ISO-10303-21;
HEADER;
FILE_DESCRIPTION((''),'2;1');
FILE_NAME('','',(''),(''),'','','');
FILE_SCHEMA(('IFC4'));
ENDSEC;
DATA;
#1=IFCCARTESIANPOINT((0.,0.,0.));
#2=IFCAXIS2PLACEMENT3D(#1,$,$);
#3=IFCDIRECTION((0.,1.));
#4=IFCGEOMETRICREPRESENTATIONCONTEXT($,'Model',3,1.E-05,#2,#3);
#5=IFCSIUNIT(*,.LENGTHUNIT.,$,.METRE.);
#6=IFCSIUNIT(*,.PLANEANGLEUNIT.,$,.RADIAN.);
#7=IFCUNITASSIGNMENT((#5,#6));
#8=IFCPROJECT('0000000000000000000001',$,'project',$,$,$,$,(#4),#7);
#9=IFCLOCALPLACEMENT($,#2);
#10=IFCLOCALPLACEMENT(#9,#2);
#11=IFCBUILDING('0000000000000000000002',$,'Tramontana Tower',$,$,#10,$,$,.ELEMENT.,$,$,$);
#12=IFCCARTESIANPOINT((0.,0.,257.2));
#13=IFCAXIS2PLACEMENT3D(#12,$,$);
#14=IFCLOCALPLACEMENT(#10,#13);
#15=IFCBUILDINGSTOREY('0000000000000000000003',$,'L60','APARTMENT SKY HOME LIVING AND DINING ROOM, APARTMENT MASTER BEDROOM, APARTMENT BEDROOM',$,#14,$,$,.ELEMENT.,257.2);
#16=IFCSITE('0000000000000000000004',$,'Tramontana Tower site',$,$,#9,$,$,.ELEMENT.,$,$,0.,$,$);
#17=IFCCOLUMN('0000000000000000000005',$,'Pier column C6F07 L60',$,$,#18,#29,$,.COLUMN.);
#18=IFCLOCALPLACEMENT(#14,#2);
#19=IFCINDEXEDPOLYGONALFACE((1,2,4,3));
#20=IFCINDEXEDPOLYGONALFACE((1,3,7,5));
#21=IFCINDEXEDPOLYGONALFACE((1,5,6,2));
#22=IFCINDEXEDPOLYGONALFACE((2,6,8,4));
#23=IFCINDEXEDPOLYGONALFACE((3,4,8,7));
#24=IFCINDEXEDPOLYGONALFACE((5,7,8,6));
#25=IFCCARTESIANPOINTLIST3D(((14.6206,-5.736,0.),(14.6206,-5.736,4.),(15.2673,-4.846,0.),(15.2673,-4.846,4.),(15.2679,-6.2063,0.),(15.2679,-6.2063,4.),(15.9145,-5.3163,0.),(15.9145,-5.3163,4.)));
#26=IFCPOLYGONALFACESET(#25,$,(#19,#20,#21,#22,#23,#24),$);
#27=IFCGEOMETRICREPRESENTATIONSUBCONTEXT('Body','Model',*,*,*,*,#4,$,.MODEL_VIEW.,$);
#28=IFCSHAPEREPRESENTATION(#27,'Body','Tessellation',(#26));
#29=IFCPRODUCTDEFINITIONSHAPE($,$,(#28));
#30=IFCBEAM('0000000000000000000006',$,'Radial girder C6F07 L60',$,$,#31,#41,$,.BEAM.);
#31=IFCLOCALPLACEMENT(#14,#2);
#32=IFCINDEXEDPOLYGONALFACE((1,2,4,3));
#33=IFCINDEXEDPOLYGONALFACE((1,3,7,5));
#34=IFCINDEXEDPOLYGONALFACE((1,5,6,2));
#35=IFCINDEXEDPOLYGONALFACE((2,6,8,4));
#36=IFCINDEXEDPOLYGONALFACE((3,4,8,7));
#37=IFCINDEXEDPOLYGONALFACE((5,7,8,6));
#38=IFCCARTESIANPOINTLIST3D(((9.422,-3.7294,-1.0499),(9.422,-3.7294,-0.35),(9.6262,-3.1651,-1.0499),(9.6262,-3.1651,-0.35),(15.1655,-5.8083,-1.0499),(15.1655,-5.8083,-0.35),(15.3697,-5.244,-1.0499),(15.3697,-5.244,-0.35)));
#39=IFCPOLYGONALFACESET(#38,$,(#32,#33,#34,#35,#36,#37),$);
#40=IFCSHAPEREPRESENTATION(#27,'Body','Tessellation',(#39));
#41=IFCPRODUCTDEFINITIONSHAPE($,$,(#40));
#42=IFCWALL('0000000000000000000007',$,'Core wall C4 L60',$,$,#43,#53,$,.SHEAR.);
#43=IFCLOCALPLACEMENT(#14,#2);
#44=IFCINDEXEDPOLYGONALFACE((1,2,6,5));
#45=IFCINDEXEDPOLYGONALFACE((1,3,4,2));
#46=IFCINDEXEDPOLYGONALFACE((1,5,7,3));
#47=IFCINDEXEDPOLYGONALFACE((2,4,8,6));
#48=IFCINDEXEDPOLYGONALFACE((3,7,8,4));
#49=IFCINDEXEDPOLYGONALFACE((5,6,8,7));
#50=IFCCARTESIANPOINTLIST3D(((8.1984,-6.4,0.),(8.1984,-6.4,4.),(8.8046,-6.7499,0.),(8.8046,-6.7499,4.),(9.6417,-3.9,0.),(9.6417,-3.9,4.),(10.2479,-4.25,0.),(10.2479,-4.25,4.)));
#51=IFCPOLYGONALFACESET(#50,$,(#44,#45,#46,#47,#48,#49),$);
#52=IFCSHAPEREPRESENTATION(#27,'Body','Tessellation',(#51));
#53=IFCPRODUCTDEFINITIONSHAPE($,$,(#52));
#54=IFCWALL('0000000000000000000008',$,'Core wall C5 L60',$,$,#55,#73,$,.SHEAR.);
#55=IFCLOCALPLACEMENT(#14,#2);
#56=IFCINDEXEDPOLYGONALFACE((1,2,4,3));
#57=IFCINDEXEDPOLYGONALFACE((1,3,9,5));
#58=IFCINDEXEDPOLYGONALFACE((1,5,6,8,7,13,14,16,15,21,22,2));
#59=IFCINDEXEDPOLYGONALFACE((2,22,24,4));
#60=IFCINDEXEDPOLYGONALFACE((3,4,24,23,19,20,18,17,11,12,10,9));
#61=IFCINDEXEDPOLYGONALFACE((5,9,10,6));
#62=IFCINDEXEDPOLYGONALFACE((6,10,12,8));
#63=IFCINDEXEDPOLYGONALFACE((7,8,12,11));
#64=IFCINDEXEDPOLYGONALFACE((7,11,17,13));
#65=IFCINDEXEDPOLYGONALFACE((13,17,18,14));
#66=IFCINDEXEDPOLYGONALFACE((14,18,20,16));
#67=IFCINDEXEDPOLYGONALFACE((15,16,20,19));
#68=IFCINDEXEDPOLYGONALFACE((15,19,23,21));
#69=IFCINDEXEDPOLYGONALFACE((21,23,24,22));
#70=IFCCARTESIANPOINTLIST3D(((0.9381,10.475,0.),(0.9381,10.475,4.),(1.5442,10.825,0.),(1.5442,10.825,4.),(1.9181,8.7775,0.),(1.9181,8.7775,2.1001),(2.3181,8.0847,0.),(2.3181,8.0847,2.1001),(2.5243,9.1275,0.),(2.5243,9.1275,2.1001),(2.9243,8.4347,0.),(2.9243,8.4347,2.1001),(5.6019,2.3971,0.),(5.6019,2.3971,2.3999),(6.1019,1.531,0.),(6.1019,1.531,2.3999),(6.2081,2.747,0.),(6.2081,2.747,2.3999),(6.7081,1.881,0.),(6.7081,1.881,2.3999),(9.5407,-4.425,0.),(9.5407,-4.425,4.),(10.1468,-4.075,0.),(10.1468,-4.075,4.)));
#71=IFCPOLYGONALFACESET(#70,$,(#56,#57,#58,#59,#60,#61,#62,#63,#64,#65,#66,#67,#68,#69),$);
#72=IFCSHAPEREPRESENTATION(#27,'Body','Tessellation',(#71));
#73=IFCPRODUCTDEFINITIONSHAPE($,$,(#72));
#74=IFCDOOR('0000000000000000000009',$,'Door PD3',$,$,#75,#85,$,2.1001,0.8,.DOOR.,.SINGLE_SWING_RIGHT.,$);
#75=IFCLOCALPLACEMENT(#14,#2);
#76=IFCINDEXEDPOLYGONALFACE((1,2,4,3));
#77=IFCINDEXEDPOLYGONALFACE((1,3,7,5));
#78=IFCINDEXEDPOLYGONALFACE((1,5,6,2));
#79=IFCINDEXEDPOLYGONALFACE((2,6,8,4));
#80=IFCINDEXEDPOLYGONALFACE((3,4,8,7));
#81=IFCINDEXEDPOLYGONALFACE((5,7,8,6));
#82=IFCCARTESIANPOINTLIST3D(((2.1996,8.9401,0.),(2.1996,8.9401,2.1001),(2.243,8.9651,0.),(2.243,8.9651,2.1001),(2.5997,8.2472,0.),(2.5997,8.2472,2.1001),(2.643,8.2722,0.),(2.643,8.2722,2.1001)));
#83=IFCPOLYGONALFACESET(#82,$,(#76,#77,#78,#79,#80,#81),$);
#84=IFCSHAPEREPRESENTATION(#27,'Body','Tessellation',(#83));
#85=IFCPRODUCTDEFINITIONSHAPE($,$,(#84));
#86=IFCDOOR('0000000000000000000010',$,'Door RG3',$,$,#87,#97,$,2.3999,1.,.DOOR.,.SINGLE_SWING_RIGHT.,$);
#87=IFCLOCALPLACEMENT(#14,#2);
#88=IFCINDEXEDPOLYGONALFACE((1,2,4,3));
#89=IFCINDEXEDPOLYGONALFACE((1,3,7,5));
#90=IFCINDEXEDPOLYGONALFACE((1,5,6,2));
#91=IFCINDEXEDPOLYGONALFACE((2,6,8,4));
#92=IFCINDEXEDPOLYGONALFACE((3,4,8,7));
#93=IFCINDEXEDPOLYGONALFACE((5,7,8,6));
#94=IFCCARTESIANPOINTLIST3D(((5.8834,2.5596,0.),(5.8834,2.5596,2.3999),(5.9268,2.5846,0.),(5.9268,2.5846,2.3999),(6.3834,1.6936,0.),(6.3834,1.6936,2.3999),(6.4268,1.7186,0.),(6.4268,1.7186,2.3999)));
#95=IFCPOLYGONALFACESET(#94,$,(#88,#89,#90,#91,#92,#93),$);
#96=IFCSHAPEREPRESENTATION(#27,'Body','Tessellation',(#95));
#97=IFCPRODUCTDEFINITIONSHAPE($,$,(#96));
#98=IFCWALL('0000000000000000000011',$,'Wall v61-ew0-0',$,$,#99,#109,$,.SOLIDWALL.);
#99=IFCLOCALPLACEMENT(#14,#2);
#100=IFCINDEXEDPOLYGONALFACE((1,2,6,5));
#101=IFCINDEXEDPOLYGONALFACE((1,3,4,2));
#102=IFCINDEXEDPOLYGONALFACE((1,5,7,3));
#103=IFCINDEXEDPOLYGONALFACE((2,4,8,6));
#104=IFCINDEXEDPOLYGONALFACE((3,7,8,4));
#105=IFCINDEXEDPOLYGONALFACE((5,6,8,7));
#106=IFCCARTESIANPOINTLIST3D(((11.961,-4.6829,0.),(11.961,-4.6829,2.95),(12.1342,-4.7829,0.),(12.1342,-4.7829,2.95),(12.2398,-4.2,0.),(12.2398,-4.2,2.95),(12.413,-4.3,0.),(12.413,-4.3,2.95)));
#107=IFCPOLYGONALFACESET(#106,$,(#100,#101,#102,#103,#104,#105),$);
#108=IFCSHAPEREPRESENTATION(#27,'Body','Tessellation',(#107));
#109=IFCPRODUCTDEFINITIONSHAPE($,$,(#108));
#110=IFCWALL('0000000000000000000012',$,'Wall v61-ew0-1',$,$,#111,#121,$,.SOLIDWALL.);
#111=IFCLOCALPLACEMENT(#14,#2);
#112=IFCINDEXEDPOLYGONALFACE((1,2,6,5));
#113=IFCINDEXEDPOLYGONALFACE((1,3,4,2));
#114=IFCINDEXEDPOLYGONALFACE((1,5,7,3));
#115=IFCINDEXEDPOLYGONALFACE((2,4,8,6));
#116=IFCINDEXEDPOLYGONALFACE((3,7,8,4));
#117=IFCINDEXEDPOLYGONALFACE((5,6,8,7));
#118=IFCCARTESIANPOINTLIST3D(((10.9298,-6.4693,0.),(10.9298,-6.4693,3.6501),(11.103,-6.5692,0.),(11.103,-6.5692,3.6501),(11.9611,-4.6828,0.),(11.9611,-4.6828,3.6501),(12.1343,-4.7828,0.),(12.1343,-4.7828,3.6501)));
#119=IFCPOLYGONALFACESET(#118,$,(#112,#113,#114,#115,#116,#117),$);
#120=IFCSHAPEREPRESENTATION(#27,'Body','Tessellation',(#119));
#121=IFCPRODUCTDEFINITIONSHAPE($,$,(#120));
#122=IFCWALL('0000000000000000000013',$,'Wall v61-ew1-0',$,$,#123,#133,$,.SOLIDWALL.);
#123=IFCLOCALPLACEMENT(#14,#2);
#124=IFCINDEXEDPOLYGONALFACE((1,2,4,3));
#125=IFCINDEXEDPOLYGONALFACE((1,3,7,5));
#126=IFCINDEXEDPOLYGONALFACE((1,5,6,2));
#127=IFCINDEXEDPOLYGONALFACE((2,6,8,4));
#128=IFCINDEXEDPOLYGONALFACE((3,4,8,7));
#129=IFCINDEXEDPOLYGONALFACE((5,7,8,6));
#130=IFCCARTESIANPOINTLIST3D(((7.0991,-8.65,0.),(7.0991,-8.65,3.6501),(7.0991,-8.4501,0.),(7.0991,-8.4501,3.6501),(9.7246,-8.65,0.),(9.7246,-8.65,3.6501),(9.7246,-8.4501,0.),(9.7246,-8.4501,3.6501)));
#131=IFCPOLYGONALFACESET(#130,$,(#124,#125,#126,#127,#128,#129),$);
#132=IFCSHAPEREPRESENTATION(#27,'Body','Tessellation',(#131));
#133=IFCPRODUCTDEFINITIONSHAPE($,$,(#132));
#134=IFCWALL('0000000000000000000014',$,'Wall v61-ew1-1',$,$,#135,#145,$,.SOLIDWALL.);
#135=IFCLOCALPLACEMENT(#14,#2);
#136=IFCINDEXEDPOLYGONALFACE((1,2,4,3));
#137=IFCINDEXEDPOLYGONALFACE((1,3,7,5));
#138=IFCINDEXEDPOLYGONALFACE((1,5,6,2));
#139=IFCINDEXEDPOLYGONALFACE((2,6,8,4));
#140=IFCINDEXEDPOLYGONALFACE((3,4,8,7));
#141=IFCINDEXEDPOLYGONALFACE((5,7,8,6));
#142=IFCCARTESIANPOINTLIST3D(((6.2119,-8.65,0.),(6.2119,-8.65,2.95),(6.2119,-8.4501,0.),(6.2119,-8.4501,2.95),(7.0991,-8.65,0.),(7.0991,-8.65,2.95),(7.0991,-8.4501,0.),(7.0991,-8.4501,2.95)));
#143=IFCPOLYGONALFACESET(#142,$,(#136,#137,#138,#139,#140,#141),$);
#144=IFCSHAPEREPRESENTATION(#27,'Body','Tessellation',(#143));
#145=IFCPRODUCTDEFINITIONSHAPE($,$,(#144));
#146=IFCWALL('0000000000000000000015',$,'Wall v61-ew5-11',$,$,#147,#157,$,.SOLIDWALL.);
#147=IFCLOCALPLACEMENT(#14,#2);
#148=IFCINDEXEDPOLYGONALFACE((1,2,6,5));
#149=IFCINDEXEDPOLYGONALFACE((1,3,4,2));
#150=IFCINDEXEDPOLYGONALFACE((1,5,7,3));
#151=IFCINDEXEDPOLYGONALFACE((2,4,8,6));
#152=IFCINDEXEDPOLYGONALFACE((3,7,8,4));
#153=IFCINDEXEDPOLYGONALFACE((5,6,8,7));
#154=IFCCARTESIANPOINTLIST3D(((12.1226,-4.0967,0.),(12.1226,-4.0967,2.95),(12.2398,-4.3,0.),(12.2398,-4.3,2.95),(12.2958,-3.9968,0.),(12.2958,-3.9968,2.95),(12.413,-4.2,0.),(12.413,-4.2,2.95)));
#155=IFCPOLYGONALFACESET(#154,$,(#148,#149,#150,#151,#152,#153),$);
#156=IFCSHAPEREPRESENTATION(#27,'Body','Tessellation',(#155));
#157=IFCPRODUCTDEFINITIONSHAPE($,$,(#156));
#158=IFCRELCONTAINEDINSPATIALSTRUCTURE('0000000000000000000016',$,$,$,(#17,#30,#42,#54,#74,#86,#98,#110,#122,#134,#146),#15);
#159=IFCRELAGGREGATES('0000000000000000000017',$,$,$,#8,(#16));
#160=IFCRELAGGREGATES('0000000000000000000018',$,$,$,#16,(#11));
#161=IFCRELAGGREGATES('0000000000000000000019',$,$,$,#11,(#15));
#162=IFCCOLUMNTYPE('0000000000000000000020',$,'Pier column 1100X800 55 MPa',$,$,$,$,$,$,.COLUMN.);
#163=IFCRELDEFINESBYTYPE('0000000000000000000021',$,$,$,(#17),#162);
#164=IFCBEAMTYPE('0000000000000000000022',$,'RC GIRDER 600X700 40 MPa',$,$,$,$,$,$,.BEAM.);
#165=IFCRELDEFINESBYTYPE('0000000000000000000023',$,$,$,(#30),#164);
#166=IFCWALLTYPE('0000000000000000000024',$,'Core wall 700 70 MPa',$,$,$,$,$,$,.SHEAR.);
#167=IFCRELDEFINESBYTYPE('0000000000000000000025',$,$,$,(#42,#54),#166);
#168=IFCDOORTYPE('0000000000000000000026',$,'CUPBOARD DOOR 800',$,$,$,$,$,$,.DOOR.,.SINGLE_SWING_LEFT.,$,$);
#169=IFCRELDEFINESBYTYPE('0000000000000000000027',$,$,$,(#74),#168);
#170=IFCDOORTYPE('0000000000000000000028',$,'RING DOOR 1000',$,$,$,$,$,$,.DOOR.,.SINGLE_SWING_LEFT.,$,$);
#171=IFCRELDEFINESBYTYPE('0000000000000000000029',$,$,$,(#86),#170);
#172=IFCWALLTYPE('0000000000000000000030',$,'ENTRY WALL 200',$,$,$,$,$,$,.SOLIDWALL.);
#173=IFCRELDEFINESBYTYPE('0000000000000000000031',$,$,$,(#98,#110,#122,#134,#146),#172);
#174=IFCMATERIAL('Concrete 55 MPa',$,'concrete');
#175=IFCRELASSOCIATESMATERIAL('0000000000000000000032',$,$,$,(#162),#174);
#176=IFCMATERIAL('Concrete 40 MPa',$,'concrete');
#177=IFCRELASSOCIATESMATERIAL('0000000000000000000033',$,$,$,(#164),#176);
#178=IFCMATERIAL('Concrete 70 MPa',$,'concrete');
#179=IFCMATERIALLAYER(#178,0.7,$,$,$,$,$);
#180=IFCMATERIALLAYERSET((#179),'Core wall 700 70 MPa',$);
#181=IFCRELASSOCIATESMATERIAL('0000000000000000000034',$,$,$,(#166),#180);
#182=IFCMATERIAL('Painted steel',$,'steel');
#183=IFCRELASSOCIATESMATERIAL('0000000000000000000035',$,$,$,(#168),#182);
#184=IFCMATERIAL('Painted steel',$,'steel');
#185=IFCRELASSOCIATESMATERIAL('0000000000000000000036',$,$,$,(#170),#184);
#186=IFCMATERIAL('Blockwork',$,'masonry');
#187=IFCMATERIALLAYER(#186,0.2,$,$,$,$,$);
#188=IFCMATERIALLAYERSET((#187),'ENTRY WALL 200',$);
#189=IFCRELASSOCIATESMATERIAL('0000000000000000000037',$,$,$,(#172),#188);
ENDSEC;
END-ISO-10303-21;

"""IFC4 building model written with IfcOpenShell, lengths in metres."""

from ifc_helpers import new_model, si_unit, direction, frame, frame_2d, origin, origin_2d, place, context, subcontext, project, spatial, rectangle, extrude, material, layer, layer_set, material_profile, profile_set, type_object, element, fill, save


model = new_model("IFC4")

# Units and contexts
model_context = context("Model", 3, precision=1e-05, world=origin(), true_north=direction((0.0, 1.0)))
body_context = subcontext(model_context, "Body", "Model", "MODEL_VIEW")
ifc_project = project(units=[si_unit("LENGTHUNIT", "METRE"), si_unit("PLANEANGLEUNIT", "RADIAN")], contexts=[model_context])

# Site, building, storey
site_placement = place(None, origin())
site = spatial("IfcSite", under=ifc_project, at=site_placement, Name="Tramontana Tower site", CompositionType="ELEMENT", RefElevation=0.0)
building_placement = place(site_placement, origin())
building = spatial("IfcBuilding", under=site, at=building_placement, Name="Tramontana Tower", CompositionType="ELEMENT")
storey_placement = place(building_placement, frame((0.0, 0.0, 257.2)))
storey = spatial("IfcBuildingStorey", under=building, at=storey_placement, Name="L60", Description="APARTMENT SKY HOME LIVING AND DINING ROOM, APARTMENT MASTER BEDROOM, APARTMENT BEDROOM", CompositionType="ELEMENT", Elevation=257.2)

# Column
ifc_material_1 = material(Name="Concrete 55 MPa", Category="concrete")
ifc_material_profile_1 = material_profile(ifc_material_1, rectangle(XDim=1.1001, YDim=0.8, at=origin_2d()), Name="Pier column 1100X800 55 MPa")
ifc_profile_set_1 = profile_set([ifc_material_profile_1], Name="Concrete 55 MPa")
column_type = type_object("IfcColumnType", Name="Pier column 1100X800 55 MPa", PredefinedType="COLUMN", material=ifc_profile_set_1)
column_placement = place(storey_placement, frame((15.2676, -5.5261, 0.0), z_axis=(0.0, 0.0, 1.0), x_axis=(0.587785, 0.809017, 0.0)))
element("IfcColumn", 1, at=column_placement, inside=storey, type_object=column_type, Name="Pier column C6F07 L60", PredefinedType="COLUMN", context=body_context, shape_type="SweptSolid", body=[
    extrude(rectangle(XDim=1.1001, YDim=0.8, at=origin_2d()), origin(), (0.0, 0.0, 1.0), 4.0),
])

# Beam
ifc_material_2 = material(Name="Concrete 40 MPa", Category="concrete")
ifc_material_profile_2 = material_profile(ifc_material_2, rectangle(XDim=0.6001, YDim=0.7, at=origin_2d()), Name="RC GIRDER 600X700 40 MPa")
ifc_profile_set_2 = profile_set([ifc_material_profile_2], Name="Concrete 40 MPa")
beam_type = type_object("IfcBeamType", Name="RC GIRDER 600X700 40 MPa", PredefinedType="BEAM", material=ifc_profile_set_2)
beam_placement = place(storey_placement, frame((15.2676, -5.5261, -0.7), z_axis=(-0.9403, 0.340347, 0.0), x_axis=(-0.340347, -0.9403, 0.0)))
element("IfcBeam", 2, at=beam_placement, inside=storey, type_object=beam_type, Name="Radial girder C6F07 L60", PredefinedType="BEAM", context=body_context, shape_type="SweptSolid", body=[
    extrude(rectangle(XDim=0.6001, YDim=0.7, at=origin_2d()), origin(), (0.0, 0.0, 1.0), 6.1082),
])

# Wall
ifc_material_3 = material(Name="Concrete 70 MPa", Category="concrete")
ifc_layer_1 = layer(ifc_material_3, 0.7)
ifc_layer_set_1 = layer_set([ifc_layer_1], Name="Core wall 700 70 MPa")
wall_type_1 = type_object("IfcWallType", Name="Core wall 700 70 MPa", PredefinedType="SHEAR", material=ifc_layer_set_1)
wall_1_placement = place(storey_placement, frame((8.5015, -6.575, 0.0), z_axis=(0.0, 0.0, 1.0), x_axis=(0.499996, 0.866028, 0.0)))
element("IfcWall", 3, at=wall_1_placement, inside=storey, type_object=wall_type_1, Name="Core wall C4 L60", PredefinedType="SHEAR", context=body_context, shape_type="SweptSolid", body=[
    extrude(rectangle(XDim=2.8867, YDim=0.7, at=frame_2d((1.4434, 0.0))), origin(), (0.0, 0.0, 1.0), 4.0),
])

# Wall, openings, doors
wall_2_placement = place(storey_placement, frame((9.8438, -4.25, 0.0), z_axis=(0.0, 0.0, 1.0), x_axis=(-0.500003, 0.866023, 0.0)))
wall_2 = element("IfcWall", 4, at=wall_2_placement, inside=storey, type_object=wall_type_1, Name="Core wall C5 L60", PredefinedType="SHEAR", context=body_context, shape_type="SweptSolid", body=[
    extrude(rectangle(XDim=17.2051, YDim=0.7, at=frame_2d((8.6025, 0.0))), origin(), (0.0, 0.0, 1.0), 4.0),
])
opening_1_placement = place(wall_2_placement, frame((6.8774, 0.0, 0.0)))
opening_1 = element("IfcOpeningElement", 5, at=opening_1_placement, cuts=wall_2, PredefinedType="OPENING", context=body_context, shape_type="SweptSolid", body=[
    extrude(rectangle(XDim=1.0, YDim=2.3999, at=frame_2d((0.5, 1.2))), frame((0.0, 0.3599, 0.0), z_axis=(0.0, -1.0, 0.0), x_axis=(1.0, 0.0, 0.0)), (0.0, 0.0, 1.0), 0.72),
])
opening_2_placement = place(wall_2_placement, frame((14.4451, 0.0, 0.0)))
opening_2 = element("IfcOpeningElement", 6, at=opening_2_placement, cuts=wall_2, PredefinedType="OPENING", context=body_context, shape_type="SweptSolid", body=[
    extrude(rectangle(XDim=0.8, YDim=2.1001, at=frame_2d((0.3999, 1.05))), frame((0.0, 0.3599, 0.0), z_axis=(0.0, -1.0, 0.0), x_axis=(1.0, 0.0, 0.0)), (0.0, 0.0, 1.0), 0.72),
])
ifc_material_4 = material(Name="Painted steel", Category="steel")
door_type_1 = type_object("IfcDoorType", Name="CUPBOARD DOOR 800", OperationType="SINGLE_SWING_LEFT", PredefinedType="DOOR", material=ifc_material_4)
door_1_placement = place(opening_2_placement, origin())
door_1 = element("IfcDoor", 7, at=door_1_placement, inside=storey, type_object=door_type_1, Name="Door PD3", OperationType="SINGLE_SWING_RIGHT", OverallHeight=2.1001, OverallWidth=0.8, PredefinedType="DOOR", context=body_context, shape_type="SweptSolid", body=[
    extrude(rectangle(XDim=0.8, YDim=2.1001, at=frame_2d((0.3999, 1.05))), frame((0.0, 0.0249, 0.0), z_axis=(0.0, -1.0, 0.0), x_axis=(1.0, 0.0, 0.0)), (0.0, 0.0, 1.0), 0.05),
])
fill(opening_2, door_1)
ifc_material_5 = material(Name="Painted steel", Category="steel")
door_type_2 = type_object("IfcDoorType", Name="RING DOOR 1000", OperationType="SINGLE_SWING_LEFT", PredefinedType="DOOR", material=ifc_material_5)
door_2_placement = place(opening_1_placement, origin())
door_2 = element("IfcDoor", 8, at=door_2_placement, inside=storey, type_object=door_type_2, Name="Door RG3", OperationType="SINGLE_SWING_RIGHT", OverallHeight=2.3999, OverallWidth=1.0, PredefinedType="DOOR", context=body_context, shape_type="SweptSolid", body=[
    extrude(rectangle(XDim=1.0, YDim=2.3999, at=frame_2d((0.5, 1.2))), frame((0.0, 0.0249, 0.0), z_axis=(0.0, -1.0, 0.0), x_axis=(1.0, 0.0, 0.0)), (0.0, 0.0, 1.0), 0.05),
])
fill(opening_1, door_2)

# Walls
ifc_material_6 = material(Name="Blockwork", Category="masonry")
ifc_layer_2 = layer(ifc_material_6, 0.2)
ifc_layer_set_2 = layer_set([ifc_layer_2], Name="ENTRY WALL 200")
wall_type_2 = type_object("IfcWallType", Name="ENTRY WALL 200", PredefinedType="SOLIDWALL", material=ifc_layer_set_2)
wall_3_placement = place(storey_placement, frame((12.3264, -4.25, 0.0), z_axis=(0.0, 0.0, 1.0), x_axis=(-0.5, -0.866025, 0.0)))
element("IfcWall", 9, at=wall_3_placement, inside=storey, type_object=wall_type_2, Name="Wall v61-ew0-0", PredefinedType="SOLIDWALL", context=body_context, shape_type="SweptSolid", body=[
    extrude(rectangle(XDim=0.5576, YDim=0.2, at=frame_2d((0.2788, 0.0))), origin(), (0.0, 0.0, 1.0), 2.95),
])
wall_4_placement = place(storey_placement, frame((12.0476, -4.7329, 0.0), z_axis=(0.0, 0.0, 1.0), x_axis=(-0.499958, -0.86605, 0.0)))
element("IfcWall", 10, at=wall_4_placement, inside=storey, type_object=wall_type_2, Name="Wall v61-ew0-1", PredefinedType="SOLIDWALL", context=body_context, shape_type="SweptSolid", body=[
    extrude(rectangle(XDim=2.0627, YDim=0.2, at=frame_2d((1.0312, 0.0))), origin(), (0.0, 0.0, 1.0), 3.6501),
])
wall_5_placement = place(storey_placement, frame((9.7246, -8.55, 0.0), z_axis=(0.0, 0.0, 1.0), x_axis=(-1.0, 0.0, 0.0)))
element("IfcWall", 11, at=wall_5_placement, inside=storey, type_object=wall_type_2, Name="Wall v61-ew1-0", PredefinedType="SOLIDWALL", context=body_context, shape_type="SweptSolid", body=[
    extrude(rectangle(XDim=2.6255, YDim=0.2, at=frame_2d((1.3127, 0.0))), origin(), (0.0, 0.0, 1.0), 3.6501),
])
wall_6_placement = place(storey_placement, frame((7.0991, -8.55, 0.0), z_axis=(0.0, 0.0, 1.0), x_axis=(-1.0, 0.0, 0.0)))
element("IfcWall", 12, at=wall_6_placement, inside=storey, type_object=wall_type_2, Name="Wall v61-ew1-1", PredefinedType="SOLIDWALL", context=body_context, shape_type="SweptSolid", body=[
    extrude(rectangle(XDim=0.8872, YDim=0.2, at=frame_2d((0.4436, 0.0))), origin(), (0.0, 0.0, 1.0), 2.95),
])
wall_7_placement = place(storey_placement, frame((12.2092, -4.0469, 0.0), z_axis=(0.0, 0.0, 1.0), x_axis=(0.499722, -0.866186, 0.0)))
element("IfcWall", 13, at=wall_7_placement, inside=storey, type_object=wall_type_2, Name="Wall v61-ew5-11", PredefinedType="SOLIDWALL", context=body_context, shape_type="SweptSolid", body=[
    extrude(rectangle(XDim=0.2346, YDim=0.2, at=frame_2d((0.1172, 0.0))), origin(), (0.0, 0.0, 1.0), 2.95),
])

save(model, "model.ifc")
